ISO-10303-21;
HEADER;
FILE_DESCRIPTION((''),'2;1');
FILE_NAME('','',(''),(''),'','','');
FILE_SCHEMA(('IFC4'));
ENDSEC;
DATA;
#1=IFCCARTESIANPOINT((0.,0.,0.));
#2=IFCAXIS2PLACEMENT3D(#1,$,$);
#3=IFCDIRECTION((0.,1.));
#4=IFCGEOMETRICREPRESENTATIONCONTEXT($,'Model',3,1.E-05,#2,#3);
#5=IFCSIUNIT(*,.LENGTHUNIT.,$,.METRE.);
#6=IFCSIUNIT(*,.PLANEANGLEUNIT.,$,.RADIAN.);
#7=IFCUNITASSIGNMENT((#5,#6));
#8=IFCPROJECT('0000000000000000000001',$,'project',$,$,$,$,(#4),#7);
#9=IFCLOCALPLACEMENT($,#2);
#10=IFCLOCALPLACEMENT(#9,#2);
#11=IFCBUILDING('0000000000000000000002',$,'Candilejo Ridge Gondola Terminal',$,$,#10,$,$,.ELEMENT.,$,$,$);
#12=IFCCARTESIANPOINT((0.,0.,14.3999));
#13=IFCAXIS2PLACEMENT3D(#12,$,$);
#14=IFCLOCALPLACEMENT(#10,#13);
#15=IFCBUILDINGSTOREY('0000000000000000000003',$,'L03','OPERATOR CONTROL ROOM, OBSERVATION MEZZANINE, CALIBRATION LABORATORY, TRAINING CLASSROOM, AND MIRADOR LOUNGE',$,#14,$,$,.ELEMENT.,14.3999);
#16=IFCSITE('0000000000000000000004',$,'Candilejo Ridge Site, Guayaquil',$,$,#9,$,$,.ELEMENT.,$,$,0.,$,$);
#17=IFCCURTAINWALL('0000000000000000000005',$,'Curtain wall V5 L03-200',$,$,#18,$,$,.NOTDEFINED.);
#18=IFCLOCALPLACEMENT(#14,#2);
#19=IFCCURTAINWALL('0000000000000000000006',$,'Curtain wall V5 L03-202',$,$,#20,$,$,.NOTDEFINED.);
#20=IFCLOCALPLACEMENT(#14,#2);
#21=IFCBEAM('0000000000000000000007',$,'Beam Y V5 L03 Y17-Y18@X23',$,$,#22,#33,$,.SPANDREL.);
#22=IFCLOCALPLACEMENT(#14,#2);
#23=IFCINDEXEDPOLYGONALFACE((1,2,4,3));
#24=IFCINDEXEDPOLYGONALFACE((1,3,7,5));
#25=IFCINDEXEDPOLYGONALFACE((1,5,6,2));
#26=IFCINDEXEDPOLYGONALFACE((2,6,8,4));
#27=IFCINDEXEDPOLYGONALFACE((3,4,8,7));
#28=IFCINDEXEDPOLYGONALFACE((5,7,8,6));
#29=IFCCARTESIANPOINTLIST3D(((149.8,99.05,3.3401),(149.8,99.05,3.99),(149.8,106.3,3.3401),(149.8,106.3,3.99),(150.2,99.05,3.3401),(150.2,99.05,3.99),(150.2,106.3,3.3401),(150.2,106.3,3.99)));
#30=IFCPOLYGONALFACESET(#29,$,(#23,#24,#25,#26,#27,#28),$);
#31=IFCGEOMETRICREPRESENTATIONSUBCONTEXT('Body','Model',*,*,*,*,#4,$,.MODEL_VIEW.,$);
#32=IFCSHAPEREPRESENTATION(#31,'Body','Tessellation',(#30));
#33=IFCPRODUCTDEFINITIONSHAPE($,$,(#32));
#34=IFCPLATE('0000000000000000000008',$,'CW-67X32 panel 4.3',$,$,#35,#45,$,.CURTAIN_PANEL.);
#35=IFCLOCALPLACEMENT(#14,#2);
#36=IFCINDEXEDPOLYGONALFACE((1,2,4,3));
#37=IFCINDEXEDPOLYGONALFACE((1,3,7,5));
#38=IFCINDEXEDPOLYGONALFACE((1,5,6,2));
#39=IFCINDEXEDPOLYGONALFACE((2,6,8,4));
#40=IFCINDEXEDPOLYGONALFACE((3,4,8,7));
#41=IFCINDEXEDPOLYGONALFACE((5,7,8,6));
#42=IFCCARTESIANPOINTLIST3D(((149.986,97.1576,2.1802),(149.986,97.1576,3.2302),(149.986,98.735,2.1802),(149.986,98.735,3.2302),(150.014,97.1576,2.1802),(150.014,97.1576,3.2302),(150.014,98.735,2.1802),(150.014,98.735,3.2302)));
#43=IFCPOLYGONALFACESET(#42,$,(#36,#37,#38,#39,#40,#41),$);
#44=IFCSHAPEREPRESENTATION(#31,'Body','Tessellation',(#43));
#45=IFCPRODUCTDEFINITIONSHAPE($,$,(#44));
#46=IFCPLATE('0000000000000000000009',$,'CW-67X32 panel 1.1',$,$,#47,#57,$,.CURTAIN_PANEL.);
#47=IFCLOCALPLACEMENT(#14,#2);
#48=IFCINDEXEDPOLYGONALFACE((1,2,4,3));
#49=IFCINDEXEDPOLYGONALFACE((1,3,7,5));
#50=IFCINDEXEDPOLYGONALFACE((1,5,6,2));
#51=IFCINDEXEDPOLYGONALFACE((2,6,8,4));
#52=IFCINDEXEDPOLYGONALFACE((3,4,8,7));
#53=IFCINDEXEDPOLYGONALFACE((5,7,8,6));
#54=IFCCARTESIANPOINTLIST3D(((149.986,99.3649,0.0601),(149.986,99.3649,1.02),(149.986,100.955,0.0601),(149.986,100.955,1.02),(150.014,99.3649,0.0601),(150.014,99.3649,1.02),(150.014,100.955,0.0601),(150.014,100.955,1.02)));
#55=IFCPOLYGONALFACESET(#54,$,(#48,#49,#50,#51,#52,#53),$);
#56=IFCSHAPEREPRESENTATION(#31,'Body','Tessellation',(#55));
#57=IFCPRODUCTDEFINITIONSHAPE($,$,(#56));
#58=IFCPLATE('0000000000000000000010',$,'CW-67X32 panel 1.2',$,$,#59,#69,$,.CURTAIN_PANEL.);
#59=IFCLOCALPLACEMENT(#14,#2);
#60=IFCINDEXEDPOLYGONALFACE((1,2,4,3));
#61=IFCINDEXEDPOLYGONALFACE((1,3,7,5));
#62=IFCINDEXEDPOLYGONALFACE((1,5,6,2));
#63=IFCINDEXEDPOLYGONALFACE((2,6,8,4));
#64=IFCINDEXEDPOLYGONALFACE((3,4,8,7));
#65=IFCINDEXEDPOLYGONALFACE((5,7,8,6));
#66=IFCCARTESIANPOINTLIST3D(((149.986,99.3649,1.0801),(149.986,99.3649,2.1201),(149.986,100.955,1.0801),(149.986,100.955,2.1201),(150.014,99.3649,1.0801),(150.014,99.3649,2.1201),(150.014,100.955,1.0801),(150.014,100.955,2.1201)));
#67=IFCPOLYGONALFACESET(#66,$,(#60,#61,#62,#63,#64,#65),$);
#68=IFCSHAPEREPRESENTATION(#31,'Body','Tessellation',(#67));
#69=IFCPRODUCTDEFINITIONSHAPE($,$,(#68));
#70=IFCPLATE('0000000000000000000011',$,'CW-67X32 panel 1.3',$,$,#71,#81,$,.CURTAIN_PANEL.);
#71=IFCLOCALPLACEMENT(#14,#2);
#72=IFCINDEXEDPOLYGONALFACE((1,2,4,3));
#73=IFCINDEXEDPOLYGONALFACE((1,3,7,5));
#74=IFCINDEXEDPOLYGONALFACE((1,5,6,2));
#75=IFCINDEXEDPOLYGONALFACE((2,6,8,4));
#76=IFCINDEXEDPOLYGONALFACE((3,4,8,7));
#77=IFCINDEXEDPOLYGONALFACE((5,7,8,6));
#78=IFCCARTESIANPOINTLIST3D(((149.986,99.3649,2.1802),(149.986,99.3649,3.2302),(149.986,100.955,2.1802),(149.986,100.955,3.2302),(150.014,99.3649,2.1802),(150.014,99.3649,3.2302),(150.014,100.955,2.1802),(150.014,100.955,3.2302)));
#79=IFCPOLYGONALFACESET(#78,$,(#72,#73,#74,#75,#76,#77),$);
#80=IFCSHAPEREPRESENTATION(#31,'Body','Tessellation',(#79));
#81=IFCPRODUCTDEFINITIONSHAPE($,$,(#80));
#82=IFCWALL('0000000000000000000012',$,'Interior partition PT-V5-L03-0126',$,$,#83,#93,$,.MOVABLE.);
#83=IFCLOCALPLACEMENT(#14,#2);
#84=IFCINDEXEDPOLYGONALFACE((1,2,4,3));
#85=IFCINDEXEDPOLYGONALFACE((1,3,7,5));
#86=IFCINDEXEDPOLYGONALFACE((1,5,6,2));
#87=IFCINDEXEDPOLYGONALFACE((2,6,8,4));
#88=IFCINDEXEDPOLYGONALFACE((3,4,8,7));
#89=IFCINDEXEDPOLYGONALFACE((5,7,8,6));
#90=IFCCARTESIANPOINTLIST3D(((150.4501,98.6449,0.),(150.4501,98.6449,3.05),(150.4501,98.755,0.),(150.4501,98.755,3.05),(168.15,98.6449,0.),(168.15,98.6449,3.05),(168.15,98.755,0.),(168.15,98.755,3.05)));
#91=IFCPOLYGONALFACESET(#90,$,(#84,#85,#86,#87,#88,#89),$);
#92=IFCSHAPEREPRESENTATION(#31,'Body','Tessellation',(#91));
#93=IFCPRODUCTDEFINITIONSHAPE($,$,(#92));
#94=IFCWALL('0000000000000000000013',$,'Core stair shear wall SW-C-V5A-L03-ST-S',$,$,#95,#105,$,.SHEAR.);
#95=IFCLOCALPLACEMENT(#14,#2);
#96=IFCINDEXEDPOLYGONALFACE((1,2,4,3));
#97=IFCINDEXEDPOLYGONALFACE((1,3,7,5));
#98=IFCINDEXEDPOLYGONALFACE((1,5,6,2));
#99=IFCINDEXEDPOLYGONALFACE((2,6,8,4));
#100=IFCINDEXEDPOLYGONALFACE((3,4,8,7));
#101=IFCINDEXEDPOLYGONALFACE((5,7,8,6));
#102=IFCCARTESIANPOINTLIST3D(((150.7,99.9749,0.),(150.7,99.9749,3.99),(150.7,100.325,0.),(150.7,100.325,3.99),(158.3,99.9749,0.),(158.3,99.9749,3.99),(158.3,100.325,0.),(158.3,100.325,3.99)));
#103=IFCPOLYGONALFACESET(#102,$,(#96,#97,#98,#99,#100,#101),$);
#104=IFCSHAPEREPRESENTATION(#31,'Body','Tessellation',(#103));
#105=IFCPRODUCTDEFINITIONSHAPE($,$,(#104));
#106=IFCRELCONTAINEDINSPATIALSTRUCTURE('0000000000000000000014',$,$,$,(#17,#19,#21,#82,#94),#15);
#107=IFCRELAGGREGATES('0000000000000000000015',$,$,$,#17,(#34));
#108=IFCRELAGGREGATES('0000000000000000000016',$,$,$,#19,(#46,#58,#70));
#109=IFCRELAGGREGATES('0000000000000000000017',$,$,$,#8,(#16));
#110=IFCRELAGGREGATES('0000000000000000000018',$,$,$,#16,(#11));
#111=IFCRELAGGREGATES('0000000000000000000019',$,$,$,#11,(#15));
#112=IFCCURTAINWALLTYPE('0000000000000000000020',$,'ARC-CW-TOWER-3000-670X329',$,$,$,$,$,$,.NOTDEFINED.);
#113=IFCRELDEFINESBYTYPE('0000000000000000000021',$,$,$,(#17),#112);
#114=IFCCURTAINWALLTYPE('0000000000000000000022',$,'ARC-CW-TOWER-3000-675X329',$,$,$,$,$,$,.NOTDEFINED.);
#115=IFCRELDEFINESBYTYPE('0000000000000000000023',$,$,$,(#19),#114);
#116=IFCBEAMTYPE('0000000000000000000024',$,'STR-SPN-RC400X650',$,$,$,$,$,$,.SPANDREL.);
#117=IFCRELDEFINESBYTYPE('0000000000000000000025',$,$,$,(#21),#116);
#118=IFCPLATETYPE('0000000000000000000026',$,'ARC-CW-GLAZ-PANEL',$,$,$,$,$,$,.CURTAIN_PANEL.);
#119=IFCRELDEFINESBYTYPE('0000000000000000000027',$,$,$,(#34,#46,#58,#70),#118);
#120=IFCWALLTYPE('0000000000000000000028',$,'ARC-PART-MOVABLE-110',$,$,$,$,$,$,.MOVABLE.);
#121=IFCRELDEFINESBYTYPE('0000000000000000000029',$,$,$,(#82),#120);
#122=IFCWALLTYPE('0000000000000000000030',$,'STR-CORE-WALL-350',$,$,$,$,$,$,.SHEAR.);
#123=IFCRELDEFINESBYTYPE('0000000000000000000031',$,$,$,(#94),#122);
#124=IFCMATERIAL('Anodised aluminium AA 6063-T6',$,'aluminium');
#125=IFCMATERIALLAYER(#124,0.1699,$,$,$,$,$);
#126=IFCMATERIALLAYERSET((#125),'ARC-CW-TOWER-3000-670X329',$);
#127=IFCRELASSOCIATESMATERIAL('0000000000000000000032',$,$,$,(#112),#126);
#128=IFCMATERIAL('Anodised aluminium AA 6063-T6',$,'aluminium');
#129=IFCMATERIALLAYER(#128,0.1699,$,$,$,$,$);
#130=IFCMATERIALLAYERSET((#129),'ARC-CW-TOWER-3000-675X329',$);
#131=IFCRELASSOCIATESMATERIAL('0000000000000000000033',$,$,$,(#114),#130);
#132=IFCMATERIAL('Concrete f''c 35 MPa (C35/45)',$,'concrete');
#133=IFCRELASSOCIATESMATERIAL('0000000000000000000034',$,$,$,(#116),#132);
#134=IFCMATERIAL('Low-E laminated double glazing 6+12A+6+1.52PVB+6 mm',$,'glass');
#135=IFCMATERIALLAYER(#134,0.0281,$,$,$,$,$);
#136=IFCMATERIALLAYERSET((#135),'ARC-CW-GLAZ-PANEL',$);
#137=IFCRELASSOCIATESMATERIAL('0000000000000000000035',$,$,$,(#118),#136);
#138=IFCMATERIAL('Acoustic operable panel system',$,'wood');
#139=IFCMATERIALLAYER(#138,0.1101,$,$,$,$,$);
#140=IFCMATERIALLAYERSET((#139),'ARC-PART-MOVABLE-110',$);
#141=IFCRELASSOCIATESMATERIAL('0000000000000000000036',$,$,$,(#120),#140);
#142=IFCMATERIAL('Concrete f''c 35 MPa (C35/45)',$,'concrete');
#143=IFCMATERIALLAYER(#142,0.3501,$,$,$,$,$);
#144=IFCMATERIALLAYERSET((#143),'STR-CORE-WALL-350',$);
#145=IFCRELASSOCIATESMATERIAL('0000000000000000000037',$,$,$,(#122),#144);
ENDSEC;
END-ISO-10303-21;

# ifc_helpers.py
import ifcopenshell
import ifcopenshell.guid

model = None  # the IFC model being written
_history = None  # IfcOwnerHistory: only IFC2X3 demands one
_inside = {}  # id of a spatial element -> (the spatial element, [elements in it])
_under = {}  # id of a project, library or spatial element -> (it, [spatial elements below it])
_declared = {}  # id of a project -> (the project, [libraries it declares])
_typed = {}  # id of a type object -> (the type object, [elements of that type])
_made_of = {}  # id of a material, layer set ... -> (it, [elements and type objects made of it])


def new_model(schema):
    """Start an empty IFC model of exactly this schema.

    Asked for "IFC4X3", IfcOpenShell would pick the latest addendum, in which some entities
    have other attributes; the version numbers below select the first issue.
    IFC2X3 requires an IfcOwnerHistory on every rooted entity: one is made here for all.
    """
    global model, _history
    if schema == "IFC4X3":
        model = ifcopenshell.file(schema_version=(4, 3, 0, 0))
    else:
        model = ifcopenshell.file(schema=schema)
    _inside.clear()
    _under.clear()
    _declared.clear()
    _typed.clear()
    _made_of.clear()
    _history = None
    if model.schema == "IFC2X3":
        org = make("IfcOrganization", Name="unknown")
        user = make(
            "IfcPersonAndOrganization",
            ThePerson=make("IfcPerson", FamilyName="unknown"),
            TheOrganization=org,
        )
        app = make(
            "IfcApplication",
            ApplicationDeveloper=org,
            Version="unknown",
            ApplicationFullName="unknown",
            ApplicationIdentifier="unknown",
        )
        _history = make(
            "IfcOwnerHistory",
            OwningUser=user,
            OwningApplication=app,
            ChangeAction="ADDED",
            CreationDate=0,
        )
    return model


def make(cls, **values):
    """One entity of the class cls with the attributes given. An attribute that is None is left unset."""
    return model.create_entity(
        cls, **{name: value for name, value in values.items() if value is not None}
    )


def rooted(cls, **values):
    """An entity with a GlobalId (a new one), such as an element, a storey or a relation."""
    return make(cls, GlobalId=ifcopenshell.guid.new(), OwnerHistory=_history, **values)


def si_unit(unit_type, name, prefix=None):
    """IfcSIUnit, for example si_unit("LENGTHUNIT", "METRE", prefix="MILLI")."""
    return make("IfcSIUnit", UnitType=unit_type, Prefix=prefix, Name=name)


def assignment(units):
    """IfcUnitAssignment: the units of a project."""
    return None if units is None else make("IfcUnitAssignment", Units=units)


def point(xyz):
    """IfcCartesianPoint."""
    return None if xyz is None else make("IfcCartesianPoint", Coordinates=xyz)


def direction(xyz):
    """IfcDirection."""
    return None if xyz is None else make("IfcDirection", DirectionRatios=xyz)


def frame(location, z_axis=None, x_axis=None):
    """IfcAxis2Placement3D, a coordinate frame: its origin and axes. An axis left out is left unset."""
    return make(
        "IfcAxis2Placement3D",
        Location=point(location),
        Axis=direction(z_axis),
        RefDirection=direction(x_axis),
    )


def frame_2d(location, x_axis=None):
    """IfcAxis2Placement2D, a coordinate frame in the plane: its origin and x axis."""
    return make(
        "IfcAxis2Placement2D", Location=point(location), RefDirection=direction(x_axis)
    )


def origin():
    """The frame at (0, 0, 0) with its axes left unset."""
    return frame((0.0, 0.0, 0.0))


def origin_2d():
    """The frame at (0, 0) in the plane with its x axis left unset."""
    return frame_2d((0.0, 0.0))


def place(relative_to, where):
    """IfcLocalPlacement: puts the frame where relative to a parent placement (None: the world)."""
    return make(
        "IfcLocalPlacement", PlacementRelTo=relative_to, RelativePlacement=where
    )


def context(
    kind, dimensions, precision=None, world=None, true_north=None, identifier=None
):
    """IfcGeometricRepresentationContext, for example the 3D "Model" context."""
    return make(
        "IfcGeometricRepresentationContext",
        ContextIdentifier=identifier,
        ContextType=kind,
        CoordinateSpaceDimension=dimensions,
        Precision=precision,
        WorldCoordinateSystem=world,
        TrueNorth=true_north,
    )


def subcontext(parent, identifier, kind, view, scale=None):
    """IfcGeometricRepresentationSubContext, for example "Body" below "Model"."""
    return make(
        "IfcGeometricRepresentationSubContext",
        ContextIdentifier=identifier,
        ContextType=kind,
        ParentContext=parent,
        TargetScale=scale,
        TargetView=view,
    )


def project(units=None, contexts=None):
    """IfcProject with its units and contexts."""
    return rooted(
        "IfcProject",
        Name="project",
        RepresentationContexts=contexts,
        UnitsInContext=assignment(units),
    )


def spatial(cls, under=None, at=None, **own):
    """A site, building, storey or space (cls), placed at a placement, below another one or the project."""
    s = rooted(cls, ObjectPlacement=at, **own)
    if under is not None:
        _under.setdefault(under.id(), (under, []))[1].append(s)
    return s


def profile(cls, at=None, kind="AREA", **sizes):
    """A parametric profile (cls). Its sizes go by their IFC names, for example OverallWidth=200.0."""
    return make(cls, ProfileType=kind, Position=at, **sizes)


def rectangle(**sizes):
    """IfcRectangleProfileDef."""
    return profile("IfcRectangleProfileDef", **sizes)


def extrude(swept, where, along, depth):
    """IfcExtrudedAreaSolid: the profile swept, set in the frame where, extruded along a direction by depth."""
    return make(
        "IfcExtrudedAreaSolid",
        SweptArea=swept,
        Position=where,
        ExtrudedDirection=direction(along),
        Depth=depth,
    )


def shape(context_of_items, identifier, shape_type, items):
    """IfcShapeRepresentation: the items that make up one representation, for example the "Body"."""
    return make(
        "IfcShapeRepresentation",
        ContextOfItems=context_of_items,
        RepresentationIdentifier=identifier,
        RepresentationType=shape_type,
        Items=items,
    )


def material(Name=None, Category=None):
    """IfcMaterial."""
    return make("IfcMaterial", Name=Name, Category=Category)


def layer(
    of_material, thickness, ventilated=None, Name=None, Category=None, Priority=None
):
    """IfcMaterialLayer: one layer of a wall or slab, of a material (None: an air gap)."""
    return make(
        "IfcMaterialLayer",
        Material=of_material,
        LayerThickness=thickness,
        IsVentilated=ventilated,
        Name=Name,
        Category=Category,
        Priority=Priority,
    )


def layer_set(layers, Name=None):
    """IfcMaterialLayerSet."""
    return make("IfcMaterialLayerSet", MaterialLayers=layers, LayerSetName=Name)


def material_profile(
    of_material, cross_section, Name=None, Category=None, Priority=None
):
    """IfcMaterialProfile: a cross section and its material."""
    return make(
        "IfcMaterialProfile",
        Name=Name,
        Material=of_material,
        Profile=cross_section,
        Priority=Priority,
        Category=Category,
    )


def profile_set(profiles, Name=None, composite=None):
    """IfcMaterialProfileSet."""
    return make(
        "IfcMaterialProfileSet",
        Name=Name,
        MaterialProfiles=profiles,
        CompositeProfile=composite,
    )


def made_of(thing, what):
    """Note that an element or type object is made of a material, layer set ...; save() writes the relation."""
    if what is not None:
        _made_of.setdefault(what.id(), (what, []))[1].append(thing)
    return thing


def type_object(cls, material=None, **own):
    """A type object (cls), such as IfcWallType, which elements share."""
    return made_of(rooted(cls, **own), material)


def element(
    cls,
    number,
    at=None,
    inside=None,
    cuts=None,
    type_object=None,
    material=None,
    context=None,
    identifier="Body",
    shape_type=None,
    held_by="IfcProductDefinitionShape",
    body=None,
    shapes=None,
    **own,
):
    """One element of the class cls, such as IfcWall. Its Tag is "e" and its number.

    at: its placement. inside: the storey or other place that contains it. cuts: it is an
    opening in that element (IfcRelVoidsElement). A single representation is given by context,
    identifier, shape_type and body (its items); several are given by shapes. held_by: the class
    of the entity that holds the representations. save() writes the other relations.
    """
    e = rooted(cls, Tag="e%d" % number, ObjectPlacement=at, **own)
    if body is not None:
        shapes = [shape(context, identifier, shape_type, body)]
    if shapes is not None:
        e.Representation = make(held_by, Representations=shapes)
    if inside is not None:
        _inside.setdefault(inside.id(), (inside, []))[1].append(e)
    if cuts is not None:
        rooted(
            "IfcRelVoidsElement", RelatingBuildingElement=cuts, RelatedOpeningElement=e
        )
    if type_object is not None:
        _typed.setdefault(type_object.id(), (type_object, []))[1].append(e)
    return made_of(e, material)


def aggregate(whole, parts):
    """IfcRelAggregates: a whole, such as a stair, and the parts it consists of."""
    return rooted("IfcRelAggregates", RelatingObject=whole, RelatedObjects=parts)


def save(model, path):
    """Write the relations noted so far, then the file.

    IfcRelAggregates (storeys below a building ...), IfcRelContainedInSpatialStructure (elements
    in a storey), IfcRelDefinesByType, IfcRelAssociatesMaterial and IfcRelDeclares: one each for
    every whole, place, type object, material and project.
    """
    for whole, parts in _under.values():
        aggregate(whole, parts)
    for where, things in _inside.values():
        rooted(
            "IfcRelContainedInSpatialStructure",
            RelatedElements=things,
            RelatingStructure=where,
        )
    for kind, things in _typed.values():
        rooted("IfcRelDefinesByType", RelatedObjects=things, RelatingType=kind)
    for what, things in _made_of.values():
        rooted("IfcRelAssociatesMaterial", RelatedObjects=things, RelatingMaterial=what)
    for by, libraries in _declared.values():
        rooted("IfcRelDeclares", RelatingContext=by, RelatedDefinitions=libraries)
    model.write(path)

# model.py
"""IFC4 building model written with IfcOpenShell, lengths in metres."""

from ifc_helpers import new_model, si_unit, direction, frame, frame_2d, origin, origin_2d, place, context, subcontext, project, spatial, rectangle, extrude, material, layer, layer_set, material_profile, profile_set, type_object, element, aggregate, save


model = new_model("IFC4")

# Units and contexts
model_context = context("Model", 3, precision=1e-05, world=origin(), true_north=direction((0.0, 1.0)))
body_context = subcontext(model_context, "Body", "Model", "MODEL_VIEW")
ifc_project = project(units=[si_unit("LENGTHUNIT", "METRE"), si_unit("PLANEANGLEUNIT", "RADIAN")], contexts=[model_context])

# Site, building, storey
site_placement = place(None, origin())
site = spatial("IfcSite", under=ifc_project, at=site_placement, Name="Candilejo Ridge Site, Guayaquil", CompositionType="ELEMENT", RefElevation=0.0)
building_placement = place(site_placement, origin())
building = spatial("IfcBuilding", under=site, at=building_placement, Name="Candilejo Ridge Gondola Terminal", CompositionType="ELEMENT")
storey_placement = place(building_placement, frame((0.0, 0.0, 14.3999)))
storey = spatial("IfcBuildingStorey", under=building, at=storey_placement, Name="L03", Description="OPERATOR CONTROL ROOM, OBSERVATION MEZZANINE, CALIBRATION LABORATORY, TRAINING CLASSROOM, AND MIRADOR LOUNGE", CompositionType="ELEMENT", Elevation=14.3999)

# Curtain wall
ifc_material_1 = material(Name="Anodised aluminium AA 6063-T6", Category="aluminium")
ifc_layer_1 = layer(ifc_material_1, 0.1699)
ifc_layer_set_1 = layer_set([ifc_layer_1], Name="ARC-CW-TOWER-3000-670X329")
curtain_wall_type_1 = type_object("IfcCurtainWallType", Name="ARC-CW-TOWER-3000-670X329", PredefinedType="NOTDEFINED", material=ifc_layer_set_1)
curtain_wall_1_placement = place(storey_placement, origin())
curtain_wall_1 = element("IfcCurtainWall", 1, at=curtain_wall_1_placement, inside=storey, type_object=curtain_wall_type_1, Name="Curtain wall V5 L03-200", PredefinedType="NOTDEFINED")

# Curtain wall
ifc_material_2 = material(Name="Anodised aluminium AA 6063-T6", Category="aluminium")
ifc_layer_2 = layer(ifc_material_2, 0.1699)
ifc_layer_set_2 = layer_set([ifc_layer_2], Name="ARC-CW-TOWER-3000-675X329")
curtain_wall_type_2 = type_object("IfcCurtainWallType", Name="ARC-CW-TOWER-3000-675X329", PredefinedType="NOTDEFINED", material=ifc_layer_set_2)
curtain_wall_2_placement = place(storey_placement, origin())
curtain_wall_2 = element("IfcCurtainWall", 2, at=curtain_wall_2_placement, inside=storey, type_object=curtain_wall_type_2, Name="Curtain wall V5 L03-202", PredefinedType="NOTDEFINED")

# Beam
ifc_material_3 = material(Name="Concrete f'c 35 MPa (C35/45)", Category="concrete")
ifc_material_profile_1 = material_profile(ifc_material_3, rectangle(XDim=0.3999, YDim=0.6499, at=origin_2d()))
ifc_profile_set_1 = profile_set([ifc_material_profile_1], Name="Concrete f'c 35 MPa (C35/45)")
beam_type_1 = type_object("IfcBeamType", Name="STR-SPN-RC400X650", PredefinedType="SPANDREL", material=ifc_profile_set_1)
beam_1_placement = place(storey_placement, frame((150.0, 99.05, 3.665), z_axis=(0.0, 1.0, 0.0), x_axis=(-1.0, 0.0, 0.0)))
element("IfcBeam", 3, at=beam_1_placement, inside=storey, type_object=beam_type_1, Name="Beam Y V5 L03 Y17-Y18@X23", PredefinedType="SPANDREL", context=body_context, shape_type="SweptSolid", body=[
    extrude(rectangle(XDim=0.3999, YDim=0.6499, at=origin_2d()), origin(), (0.0, 0.0, 1.0), 7.25),
])

# Plates
ifc_material_4 = material(Name="Low-E laminated double glazing 6+12A+6+1.52PVB+6 mm", Category="glass")
ifc_layer_3 = layer(ifc_material_4, 0.0281)
ifc_layer_set_3 = layer_set([ifc_layer_3], Name="ARC-CW-GLAZ-PANEL")
plate_type = type_object("IfcPlateType", Name="ARC-CW-GLAZ-PANEL", PredefinedType="CURTAIN_PANEL", material=ifc_layer_set_3)
plate_1_placement = place(storey_placement, frame((150.0, 97.9463, 2.1802), z_axis=(0.0, 0.0, 1.0), x_axis=(0.0, 1.0, 0.0)))
plate_1 = element("IfcPlate", 4, at=plate_1_placement, type_object=plate_type, Name="CW-67X32 panel 4.3", PredefinedType="CURTAIN_PANEL", context=body_context, shape_type="SweptSolid", body=[
    extrude(rectangle(XDim=1.5774, YDim=0.0281, at=origin_2d()), origin(), (0.0, 0.0, 1.0), 1.05),
])
aggregate(curtain_wall_1, [plate_1])
plate_2_placement = place(storey_placement, frame((150.0, 100.1599, 0.0601), z_axis=(0.0, 0.0, 1.0), x_axis=(0.0, 1.0, 0.0)))
plate_2 = element("IfcPlate", 5, at=plate_2_placement, type_object=plate_type, Name="CW-67X32 panel 1.1", PredefinedType="CURTAIN_PANEL", context=body_context, shape_type="SweptSolid", body=[
    extrude(rectangle(XDim=1.5901, YDim=0.0281, at=origin_2d()), origin(), (0.0, 0.0, 1.0), 0.96),
])
plate_3_placement = place(storey_placement, frame((150.0, 100.1599, 1.0801), z_axis=(0.0, 0.0, 1.0), x_axis=(0.0, 1.0, 0.0)))
plate_3 = element("IfcPlate", 6, at=plate_3_placement, type_object=plate_type, Name="CW-67X32 panel 1.2", PredefinedType="CURTAIN_PANEL", context=body_context, shape_type="SweptSolid", body=[
    extrude(rectangle(XDim=1.5901, YDim=0.0281, at=origin_2d()), origin(), (0.0, 0.0, 1.0), 1.04),
])
plate_4_placement = place(storey_placement, frame((150.0, 100.1599, 2.1802), z_axis=(0.0, 0.0, 1.0), x_axis=(0.0, 1.0, 0.0)))
plate_4 = element("IfcPlate", 7, at=plate_4_placement, type_object=plate_type, Name="CW-67X32 panel 1.3", PredefinedType="CURTAIN_PANEL", context=body_context, shape_type="SweptSolid", body=[
    extrude(rectangle(XDim=1.5901, YDim=0.0281, at=origin_2d()), origin(), (0.0, 0.0, 1.0), 1.05),
])
aggregate(curtain_wall_2, [plate_2, plate_3, plate_4])

# Walls
ifc_material_5 = material(Name="Acoustic operable panel system", Category="wood")
ifc_layer_4 = layer(ifc_material_5, 0.1101)
ifc_layer_set_4 = layer_set([ifc_layer_4], Name="ARC-PART-MOVABLE-110")
wall_type_1 = type_object("IfcWallType", Name="ARC-PART-MOVABLE-110", PredefinedType="MOVABLE", material=ifc_layer_set_4)
wall_1_placement = place(storey_placement, frame((150.45, 98.7, 0.0), z_axis=(0.0, 0.0, 1.0), x_axis=(1.0, 0.0, 0.0)))
element("IfcWall", 8, at=wall_1_placement, inside=storey, type_object=wall_type_1, Name="Interior partition PT-V5-L03-0126", PredefinedType="MOVABLE", context=body_context, shape_type="SweptSolid", body=[
    extrude(rectangle(XDim=17.7, YDim=0.1101, at=frame_2d((8.8501, 0.0))), origin(), (0.0, 0.0, 1.0), 3.05),
])
ifc_material_6 = material(Name="Concrete f'c 35 MPa (C35/45)", Category="concrete")
ifc_layer_5 = layer(ifc_material_6, 0.3501)
ifc_layer_set_5 = layer_set([ifc_layer_5], Name="STR-CORE-WALL-350")
wall_type_2 = type_object("IfcWallType", Name="STR-CORE-WALL-350", PredefinedType="SHEAR", material=ifc_layer_set_5)
wall_2_placement = place(storey_placement, frame((150.7, 100.1499, 0.0), z_axis=(0.0, 0.0, 1.0), x_axis=(1.0, 0.0, 0.0)))
element("IfcWall", 9, at=wall_2_placement, inside=storey, type_object=wall_type_2, Name="Core stair shear wall SW-C-V5A-L03-ST-S", PredefinedType="SHEAR", context=body_context, shape_type="SweptSolid", body=[
    extrude(rectangle(XDim=7.6001, YDim=0.3501, at=frame_2d((3.8, 0.0))), origin(), (0.0, 0.0, 1.0), 3.99),
])

save(model, "model.ifc")
